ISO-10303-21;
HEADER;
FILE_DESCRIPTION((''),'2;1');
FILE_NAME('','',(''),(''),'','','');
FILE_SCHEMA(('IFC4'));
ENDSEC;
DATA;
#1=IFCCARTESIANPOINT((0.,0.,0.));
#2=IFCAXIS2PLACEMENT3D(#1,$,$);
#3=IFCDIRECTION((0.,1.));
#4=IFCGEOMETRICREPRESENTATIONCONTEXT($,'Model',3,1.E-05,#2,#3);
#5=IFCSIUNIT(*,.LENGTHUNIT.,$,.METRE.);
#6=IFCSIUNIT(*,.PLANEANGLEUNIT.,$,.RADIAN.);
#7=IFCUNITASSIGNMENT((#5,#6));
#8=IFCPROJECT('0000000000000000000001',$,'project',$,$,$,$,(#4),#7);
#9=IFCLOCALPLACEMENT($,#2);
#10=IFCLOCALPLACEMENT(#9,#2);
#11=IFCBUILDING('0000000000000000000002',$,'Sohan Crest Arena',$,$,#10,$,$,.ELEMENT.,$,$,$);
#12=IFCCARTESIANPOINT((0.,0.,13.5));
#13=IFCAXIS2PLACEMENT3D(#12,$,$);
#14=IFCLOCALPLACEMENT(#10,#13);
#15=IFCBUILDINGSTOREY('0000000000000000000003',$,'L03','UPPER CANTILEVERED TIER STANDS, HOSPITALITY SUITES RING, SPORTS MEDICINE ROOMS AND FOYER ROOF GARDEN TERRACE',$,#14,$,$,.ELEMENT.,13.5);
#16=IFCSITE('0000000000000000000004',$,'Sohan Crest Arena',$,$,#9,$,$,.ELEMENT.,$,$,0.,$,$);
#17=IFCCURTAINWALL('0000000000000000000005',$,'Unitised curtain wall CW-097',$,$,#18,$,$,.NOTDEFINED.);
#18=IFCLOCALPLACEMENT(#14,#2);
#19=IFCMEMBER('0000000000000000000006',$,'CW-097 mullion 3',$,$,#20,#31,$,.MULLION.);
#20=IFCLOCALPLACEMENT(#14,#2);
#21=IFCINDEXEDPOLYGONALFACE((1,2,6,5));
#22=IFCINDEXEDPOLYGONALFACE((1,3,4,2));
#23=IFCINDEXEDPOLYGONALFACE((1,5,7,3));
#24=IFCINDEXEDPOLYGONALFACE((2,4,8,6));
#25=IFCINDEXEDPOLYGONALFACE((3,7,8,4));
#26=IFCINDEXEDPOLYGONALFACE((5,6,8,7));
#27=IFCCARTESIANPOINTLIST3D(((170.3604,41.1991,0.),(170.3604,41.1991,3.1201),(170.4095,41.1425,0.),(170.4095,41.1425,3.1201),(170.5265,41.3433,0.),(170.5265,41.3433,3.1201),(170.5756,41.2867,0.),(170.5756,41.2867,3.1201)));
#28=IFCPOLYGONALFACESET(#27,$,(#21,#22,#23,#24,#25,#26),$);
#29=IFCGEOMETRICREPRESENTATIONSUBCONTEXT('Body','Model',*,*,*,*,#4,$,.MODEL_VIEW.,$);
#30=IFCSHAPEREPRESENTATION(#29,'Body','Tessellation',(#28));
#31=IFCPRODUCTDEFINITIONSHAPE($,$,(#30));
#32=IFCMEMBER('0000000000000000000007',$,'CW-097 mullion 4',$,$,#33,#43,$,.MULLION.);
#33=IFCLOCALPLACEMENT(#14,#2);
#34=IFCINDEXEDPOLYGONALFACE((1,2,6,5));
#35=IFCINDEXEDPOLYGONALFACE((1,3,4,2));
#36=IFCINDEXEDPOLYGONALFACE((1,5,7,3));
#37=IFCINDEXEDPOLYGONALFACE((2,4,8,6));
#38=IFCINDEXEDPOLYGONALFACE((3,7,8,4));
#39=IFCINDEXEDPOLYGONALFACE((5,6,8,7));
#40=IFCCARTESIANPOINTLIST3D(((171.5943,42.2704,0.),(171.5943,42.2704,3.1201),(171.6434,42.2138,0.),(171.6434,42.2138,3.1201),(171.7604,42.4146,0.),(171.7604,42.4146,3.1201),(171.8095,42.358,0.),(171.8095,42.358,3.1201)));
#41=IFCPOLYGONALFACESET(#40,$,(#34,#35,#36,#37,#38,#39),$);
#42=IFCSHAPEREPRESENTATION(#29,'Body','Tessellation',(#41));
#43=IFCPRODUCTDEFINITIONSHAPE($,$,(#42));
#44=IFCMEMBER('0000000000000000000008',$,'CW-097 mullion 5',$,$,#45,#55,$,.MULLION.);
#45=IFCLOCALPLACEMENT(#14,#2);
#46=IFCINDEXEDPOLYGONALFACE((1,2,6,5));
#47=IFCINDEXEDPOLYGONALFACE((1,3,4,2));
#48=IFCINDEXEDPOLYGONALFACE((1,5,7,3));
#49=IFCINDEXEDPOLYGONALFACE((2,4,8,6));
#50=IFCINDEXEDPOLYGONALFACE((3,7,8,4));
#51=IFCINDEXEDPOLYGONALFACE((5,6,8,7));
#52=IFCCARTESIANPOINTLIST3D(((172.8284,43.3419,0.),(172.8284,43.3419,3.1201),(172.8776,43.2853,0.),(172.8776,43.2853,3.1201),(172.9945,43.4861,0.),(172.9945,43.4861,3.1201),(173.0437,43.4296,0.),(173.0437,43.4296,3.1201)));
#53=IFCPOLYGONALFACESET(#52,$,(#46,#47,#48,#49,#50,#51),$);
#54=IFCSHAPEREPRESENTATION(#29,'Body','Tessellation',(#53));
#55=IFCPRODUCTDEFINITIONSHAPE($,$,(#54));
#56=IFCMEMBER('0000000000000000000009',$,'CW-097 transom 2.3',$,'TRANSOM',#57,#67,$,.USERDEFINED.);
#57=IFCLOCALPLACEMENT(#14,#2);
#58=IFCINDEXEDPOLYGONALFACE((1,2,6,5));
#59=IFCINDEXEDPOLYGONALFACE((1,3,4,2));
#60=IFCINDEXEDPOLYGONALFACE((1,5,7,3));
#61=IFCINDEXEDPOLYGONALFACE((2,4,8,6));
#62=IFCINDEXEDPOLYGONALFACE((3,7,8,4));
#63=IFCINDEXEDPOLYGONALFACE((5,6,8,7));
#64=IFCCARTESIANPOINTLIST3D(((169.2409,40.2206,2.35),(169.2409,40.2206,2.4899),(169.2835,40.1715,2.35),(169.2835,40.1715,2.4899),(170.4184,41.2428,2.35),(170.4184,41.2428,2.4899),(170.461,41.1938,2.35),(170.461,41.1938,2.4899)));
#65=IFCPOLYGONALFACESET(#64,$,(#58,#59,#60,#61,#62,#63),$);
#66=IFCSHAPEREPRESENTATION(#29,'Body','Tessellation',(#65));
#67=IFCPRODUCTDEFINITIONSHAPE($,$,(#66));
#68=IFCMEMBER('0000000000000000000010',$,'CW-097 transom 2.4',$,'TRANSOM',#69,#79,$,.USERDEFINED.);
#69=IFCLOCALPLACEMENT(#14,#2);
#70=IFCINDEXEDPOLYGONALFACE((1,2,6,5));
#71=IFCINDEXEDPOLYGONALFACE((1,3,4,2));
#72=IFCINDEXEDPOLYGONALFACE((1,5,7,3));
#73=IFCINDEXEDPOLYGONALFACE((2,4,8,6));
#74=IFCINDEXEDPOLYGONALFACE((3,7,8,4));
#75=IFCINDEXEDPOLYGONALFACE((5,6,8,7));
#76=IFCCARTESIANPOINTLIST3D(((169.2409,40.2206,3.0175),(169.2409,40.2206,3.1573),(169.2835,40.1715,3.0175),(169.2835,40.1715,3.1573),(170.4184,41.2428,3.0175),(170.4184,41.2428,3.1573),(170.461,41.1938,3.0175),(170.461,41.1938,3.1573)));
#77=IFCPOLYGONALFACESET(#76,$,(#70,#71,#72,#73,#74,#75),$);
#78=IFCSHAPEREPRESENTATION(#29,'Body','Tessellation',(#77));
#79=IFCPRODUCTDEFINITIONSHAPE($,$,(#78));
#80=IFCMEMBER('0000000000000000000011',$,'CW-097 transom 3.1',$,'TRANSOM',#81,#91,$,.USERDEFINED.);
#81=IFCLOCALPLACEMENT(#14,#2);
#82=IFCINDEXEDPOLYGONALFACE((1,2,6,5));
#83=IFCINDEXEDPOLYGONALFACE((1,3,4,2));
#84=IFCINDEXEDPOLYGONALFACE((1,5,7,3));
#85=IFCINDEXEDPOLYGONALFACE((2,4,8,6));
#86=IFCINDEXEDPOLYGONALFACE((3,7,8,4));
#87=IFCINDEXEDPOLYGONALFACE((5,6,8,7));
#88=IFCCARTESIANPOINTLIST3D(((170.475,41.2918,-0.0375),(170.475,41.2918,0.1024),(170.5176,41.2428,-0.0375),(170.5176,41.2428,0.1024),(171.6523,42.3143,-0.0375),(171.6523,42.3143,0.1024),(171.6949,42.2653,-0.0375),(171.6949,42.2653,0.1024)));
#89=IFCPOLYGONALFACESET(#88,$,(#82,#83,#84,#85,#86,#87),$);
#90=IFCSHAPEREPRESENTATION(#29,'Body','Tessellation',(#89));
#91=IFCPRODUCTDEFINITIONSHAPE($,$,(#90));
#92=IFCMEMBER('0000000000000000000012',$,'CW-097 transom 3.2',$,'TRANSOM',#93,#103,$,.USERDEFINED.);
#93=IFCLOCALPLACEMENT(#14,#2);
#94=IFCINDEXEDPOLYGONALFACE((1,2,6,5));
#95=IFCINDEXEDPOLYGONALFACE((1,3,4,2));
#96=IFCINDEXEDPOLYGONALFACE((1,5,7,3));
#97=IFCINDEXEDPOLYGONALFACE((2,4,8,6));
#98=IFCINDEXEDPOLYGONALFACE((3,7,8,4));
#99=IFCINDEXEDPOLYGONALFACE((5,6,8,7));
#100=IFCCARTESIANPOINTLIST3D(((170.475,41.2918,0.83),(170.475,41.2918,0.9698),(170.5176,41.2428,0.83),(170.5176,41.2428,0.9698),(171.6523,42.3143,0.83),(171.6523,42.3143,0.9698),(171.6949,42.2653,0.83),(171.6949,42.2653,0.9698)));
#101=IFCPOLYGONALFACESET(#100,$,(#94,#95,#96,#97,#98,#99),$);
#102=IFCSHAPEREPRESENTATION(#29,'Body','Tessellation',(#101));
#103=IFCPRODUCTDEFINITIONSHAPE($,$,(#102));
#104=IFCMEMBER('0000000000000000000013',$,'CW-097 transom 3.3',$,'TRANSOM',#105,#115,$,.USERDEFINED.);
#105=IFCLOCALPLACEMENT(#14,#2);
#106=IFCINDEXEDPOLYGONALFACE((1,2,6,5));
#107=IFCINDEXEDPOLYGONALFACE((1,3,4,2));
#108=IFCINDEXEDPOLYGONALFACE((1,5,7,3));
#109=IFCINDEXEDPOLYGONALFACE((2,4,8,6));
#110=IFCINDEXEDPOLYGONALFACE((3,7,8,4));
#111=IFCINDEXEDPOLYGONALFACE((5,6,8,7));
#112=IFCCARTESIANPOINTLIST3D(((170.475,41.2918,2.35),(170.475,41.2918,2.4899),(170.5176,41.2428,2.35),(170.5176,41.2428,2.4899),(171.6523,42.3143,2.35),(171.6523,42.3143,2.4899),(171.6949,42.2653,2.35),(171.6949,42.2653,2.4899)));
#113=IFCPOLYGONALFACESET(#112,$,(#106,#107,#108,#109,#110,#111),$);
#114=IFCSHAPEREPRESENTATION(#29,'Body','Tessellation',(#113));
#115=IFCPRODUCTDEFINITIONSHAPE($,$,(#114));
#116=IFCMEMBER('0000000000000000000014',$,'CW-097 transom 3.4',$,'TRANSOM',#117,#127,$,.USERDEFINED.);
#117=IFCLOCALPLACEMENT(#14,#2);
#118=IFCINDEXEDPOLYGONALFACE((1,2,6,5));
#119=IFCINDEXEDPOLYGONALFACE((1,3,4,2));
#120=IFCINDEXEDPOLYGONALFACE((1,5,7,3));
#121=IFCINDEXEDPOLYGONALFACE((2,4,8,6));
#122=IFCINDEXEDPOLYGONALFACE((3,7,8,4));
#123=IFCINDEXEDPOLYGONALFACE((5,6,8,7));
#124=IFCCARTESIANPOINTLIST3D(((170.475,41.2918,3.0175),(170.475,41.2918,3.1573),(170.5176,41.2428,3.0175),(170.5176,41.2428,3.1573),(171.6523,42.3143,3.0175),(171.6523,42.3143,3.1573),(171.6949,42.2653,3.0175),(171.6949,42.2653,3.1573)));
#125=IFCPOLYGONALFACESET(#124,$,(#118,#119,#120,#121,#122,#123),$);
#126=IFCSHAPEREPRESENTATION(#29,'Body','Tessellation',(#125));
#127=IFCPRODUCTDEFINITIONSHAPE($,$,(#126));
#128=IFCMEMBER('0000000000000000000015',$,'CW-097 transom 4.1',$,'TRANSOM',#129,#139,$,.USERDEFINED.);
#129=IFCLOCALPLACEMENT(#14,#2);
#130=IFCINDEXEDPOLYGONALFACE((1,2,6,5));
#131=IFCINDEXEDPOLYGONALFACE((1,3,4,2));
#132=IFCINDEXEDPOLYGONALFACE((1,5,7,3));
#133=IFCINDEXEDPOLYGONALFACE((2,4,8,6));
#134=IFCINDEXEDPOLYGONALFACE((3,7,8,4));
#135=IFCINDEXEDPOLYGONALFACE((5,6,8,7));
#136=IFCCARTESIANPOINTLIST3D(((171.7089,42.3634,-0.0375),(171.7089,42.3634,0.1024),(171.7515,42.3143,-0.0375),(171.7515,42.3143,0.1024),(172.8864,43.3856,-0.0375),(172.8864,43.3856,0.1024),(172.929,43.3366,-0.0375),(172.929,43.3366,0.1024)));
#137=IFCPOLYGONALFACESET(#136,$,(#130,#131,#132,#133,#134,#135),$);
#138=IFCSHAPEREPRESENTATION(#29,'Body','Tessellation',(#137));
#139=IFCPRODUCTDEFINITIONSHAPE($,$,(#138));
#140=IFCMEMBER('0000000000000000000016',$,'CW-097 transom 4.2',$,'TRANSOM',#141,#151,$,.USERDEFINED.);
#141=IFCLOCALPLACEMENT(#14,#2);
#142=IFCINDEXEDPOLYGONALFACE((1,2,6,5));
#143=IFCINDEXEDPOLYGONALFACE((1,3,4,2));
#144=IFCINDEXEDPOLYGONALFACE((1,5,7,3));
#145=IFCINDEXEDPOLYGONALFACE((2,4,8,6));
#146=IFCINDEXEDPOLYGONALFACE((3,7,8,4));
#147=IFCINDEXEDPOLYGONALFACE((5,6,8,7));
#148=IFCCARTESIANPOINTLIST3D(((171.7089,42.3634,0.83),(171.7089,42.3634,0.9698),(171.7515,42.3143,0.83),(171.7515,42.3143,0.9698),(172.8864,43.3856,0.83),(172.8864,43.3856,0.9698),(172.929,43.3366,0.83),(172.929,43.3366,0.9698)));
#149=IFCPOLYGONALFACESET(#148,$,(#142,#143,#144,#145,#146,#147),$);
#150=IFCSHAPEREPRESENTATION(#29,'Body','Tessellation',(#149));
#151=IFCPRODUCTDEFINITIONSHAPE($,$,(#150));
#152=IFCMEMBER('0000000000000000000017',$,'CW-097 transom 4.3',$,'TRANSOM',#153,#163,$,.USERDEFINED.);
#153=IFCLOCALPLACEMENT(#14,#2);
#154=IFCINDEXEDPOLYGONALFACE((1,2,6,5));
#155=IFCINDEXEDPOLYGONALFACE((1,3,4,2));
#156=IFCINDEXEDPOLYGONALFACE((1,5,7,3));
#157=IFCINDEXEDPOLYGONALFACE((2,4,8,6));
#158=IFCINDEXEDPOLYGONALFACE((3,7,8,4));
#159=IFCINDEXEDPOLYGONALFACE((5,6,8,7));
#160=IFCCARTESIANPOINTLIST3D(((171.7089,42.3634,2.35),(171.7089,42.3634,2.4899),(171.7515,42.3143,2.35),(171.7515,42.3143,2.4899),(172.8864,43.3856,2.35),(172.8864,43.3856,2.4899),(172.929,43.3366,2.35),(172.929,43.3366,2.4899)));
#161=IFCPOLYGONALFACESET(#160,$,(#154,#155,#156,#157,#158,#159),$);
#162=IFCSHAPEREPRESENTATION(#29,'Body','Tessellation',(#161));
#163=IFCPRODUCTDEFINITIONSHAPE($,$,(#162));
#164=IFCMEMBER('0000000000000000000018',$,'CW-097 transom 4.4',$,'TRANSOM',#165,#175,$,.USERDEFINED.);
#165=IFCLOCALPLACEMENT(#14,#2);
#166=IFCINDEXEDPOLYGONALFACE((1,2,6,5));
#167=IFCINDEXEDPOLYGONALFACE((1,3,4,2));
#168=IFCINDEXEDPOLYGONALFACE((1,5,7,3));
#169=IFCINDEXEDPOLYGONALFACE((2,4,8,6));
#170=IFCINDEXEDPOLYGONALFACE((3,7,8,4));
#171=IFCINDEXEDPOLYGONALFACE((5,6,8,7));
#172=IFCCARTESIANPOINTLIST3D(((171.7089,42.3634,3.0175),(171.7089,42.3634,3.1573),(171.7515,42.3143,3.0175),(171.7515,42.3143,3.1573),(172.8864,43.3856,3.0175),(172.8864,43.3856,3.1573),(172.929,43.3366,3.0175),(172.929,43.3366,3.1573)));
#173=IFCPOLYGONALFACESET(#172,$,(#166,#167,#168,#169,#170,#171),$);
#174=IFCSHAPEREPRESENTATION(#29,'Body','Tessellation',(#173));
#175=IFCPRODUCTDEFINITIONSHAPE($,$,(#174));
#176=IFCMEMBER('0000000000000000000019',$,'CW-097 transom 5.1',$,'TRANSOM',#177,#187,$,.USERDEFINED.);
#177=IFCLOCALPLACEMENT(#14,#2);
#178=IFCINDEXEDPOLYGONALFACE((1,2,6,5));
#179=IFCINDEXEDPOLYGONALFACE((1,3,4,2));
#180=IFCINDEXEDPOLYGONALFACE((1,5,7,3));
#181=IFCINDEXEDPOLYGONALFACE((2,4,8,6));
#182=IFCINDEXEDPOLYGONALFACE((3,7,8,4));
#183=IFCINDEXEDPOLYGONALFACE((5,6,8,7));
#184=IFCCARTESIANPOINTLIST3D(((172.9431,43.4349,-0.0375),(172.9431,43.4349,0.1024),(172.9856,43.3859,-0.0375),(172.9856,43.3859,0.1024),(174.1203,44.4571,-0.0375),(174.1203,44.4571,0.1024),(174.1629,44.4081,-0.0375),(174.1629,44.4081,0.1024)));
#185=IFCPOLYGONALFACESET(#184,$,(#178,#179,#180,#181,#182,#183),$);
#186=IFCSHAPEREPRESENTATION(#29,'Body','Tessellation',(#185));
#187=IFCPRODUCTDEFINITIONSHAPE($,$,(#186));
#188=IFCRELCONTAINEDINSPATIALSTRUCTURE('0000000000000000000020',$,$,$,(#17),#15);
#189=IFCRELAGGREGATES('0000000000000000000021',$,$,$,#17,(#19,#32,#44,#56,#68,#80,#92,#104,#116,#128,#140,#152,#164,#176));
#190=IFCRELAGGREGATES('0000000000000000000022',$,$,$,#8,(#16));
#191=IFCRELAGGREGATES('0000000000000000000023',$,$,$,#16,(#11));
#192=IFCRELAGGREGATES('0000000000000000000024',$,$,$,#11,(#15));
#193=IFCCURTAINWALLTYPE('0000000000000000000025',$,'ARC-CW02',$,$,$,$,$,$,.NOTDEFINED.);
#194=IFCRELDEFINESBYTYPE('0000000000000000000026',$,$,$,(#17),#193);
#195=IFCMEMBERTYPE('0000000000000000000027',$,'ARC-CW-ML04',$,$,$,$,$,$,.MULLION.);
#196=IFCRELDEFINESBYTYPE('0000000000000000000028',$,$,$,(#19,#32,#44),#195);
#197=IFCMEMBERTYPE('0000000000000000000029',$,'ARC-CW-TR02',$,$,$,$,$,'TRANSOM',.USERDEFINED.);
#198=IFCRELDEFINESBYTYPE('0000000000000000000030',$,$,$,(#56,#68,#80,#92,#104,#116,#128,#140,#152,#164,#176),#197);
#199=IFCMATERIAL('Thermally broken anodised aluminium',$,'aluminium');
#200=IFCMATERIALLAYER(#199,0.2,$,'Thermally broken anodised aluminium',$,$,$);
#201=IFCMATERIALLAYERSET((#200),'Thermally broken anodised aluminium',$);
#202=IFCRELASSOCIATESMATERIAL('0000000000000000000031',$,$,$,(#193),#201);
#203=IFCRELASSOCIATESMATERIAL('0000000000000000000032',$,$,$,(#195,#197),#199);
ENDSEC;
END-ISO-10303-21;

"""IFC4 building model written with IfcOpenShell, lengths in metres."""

from ifc_helpers import new_model, si_unit, direction, frame, origin, origin_2d, place, context, subcontext, project, spatial, rectangle, extrude, material, layer, layer_set, material_profile, profile_set, type_object, element, aggregate, save


model = new_model("IFC4")

# Units and contexts
model_context = context("Model", 3, precision=1e-05, world=origin(), true_north=direction((0.0, 1.0)))
body_context = subcontext(model_context, "Body", "Model", "MODEL_VIEW")
ifc_project = project(units=[si_unit("LENGTHUNIT", "METRE"), si_unit("PLANEANGLEUNIT", "RADIAN")], contexts=[model_context])

# Site, building, storey
site_placement = place(None, origin())
site = spatial("IfcSite", under=ifc_project, at=site_placement, Name="Sohan Crest Arena", CompositionType="ELEMENT", RefElevation=0.0)
building_placement = place(site_placement, origin())
building = spatial("IfcBuilding", under=site, at=building_placement, Name="Sohan Crest Arena", CompositionType="ELEMENT")
storey_placement = place(building_placement, frame((0.0, 0.0, 13.5)))
storey = spatial("IfcBuildingStorey", under=building, at=storey_placement, Name="L03", Description="UPPER CANTILEVERED TIER STANDS, HOSPITALITY SUITES RING, SPORTS MEDICINE ROOMS AND FOYER ROOF GARDEN TERRACE", CompositionType="ELEMENT", Elevation=13.5)

# Curtain wall, members
ifc_material_1 = material(Name="Thermally broken anodised aluminium", Category="aluminium")
ifc_layer_1 = layer(ifc_material_1, 0.2, Name="Thermally broken anodised aluminium")
ifc_layer_set_1 = layer_set([ifc_layer_1], Name="Thermally broken anodised aluminium")
curtain_wall_type = type_object("IfcCurtainWallType", Name="ARC-CW02", PredefinedType="NOTDEFINED", material=ifc_layer_set_1)
curtain_wall_placement = place(storey_placement, origin())
curtain_wall = element("IfcCurtainWall", 1, at=curtain_wall_placement, inside=storey, type_object=curtain_wall_type, Name="Unitised curtain wall CW-097", PredefinedType="NOTDEFINED")
ifc_material_profile_1 = material_profile(ifc_material_1, rectangle(XDim=0.075, YDim=0.22, at=origin_2d()), Name="ALU-MULL 75x220")
ifc_profile_set_1 = profile_set([ifc_material_profile_1], Name="Thermally broken anodised aluminium")
member_type_1 = type_object("IfcMemberType", Name="ARC-CW-ML04", PredefinedType="MULLION", material=ifc_profile_set_1)
member_1_placement = place(storey_placement, frame((170.468, 41.2429, 0.0), z_axis=(0.0, 0.0, 1.0), x_axis=(-0.655616, 0.755095, 0.0)))
member_1 = element("IfcMember", 2, at=member_1_placement, type_object=member_type_1, Name="CW-097 mullion 3", PredefinedType="MULLION", context=body_context, shape_type="SweptSolid", body=[
    extrude(rectangle(XDim=0.075, YDim=0.22, at=origin_2d()), origin(), (0.0, 0.0, 1.0), 3.1201),
])
member_2_placement = place(storey_placement, frame((171.7019, 42.3142, 0.0), z_axis=(0.0, 0.0, 1.0), x_axis=(-0.655616, 0.755095, 0.0)))
member_2 = element("IfcMember", 3, at=member_2_placement, type_object=member_type_1, Name="CW-097 mullion 4", PredefinedType="MULLION", context=body_context, shape_type="SweptSolid", body=[
    extrude(rectangle(XDim=0.075, YDim=0.22, at=origin_2d()), origin(), (0.0, 0.0, 1.0), 3.1201),
])
member_3_placement = place(storey_placement, frame((172.936, 43.3857, 0.0), z_axis=(0.0, 0.0, 1.0), x_axis=(-0.655616, 0.755095, 0.0)))
member_3 = element("IfcMember", 4, at=member_3_placement, type_object=member_type_1, Name="CW-097 mullion 5", PredefinedType="MULLION", context=body_context, shape_type="SweptSolid", body=[
    extrude(rectangle(XDim=0.075, YDim=0.22, at=origin_2d()), origin(), (0.0, 0.0, 1.0), 3.1201),
])
ifc_material_profile_2 = material_profile(ifc_material_1, rectangle(XDim=0.0649, YDim=0.1399, at=origin_2d()), Name="ALU-TRAN 65x140")
ifc_profile_set_2 = profile_set([ifc_material_profile_2], Name="Thermally broken anodised aluminium")
member_type_2 = type_object("IfcMemberType", Name="ARC-CW-TR02", ElementType="TRANSOM", PredefinedType="USERDEFINED", material=ifc_profile_set_2)
member_4_placement = place(storey_placement, frame((169.2622, 40.196, 2.4199), z_axis=(0.755141, 0.655562, 0.0), x_axis=(-0.655562, 0.755141, 0.0)))
member_4 = element("IfcMember", 5, at=member_4_placement, type_object=member_type_2, Name="CW-097 transom 2.3", ObjectType="TRANSOM", PredefinedType="USERDEFINED", context=body_context, shape_type="SweptSolid", body=[
    extrude(rectangle(XDim=0.0649, YDim=0.1399, at=origin_2d()), origin(), (0.0, 0.0, 1.0), 1.5593),
])
member_5_placement = place(storey_placement, frame((169.2622, 40.196, 3.0874), z_axis=(0.755141, 0.655562, 0.0), x_axis=(-0.655562, 0.755141, 0.0)))
member_5 = element("IfcMember", 6, at=member_5_placement, type_object=member_type_2, Name="CW-097 transom 2.4", ObjectType="TRANSOM", PredefinedType="USERDEFINED", context=body_context, shape_type="SweptSolid", body=[
    extrude(rectangle(XDim=0.0649, YDim=0.1399, at=origin_2d()), origin(), (0.0, 0.0, 1.0), 1.5593),
])
member_6_placement = place(storey_placement, frame((170.4963, 41.2673, 0.0325), z_axis=(0.754996, 0.655729, 0.0), x_axis=(-0.655729, 0.754996, 0.0)))
member_6 = element("IfcMember", 7, at=member_6_placement, type_object=member_type_2, Name="CW-097 transom 3.1", ObjectType="TRANSOM", PredefinedType="USERDEFINED", context=body_context, shape_type="SweptSolid", body=[
    extrude(rectangle(XDim=0.0649, YDim=0.1399, at=origin_2d()), origin(), (0.0, 0.0, 1.0), 1.5593),
])
member_7_placement = place(storey_placement, frame((170.4963, 41.2673, 0.8999), z_axis=(0.754996, 0.655729, 0.0), x_axis=(-0.655729, 0.754996, 0.0)))
member_7 = element("IfcMember", 8, at=member_7_placement, type_object=member_type_2, Name="CW-097 transom 3.2", ObjectType="TRANSOM", PredefinedType="USERDEFINED", context=body_context, shape_type="SweptSolid", body=[
    extrude(rectangle(XDim=0.0649, YDim=0.1399, at=origin_2d()), origin(), (0.0, 0.0, 1.0), 1.5593),
])
member_8_placement = place(storey_placement, frame((170.4963, 41.2673, 2.4199), z_axis=(0.754996, 0.655729, 0.0), x_axis=(-0.655729, 0.754996, 0.0)))
member_8 = element("IfcMember", 9, at=member_8_placement, type_object=member_type_2, Name="CW-097 transom 3.3", ObjectType="TRANSOM", PredefinedType="USERDEFINED", context=body_context, shape_type="SweptSolid", body=[
    extrude(rectangle(XDim=0.0649, YDim=0.1399, at=origin_2d()), origin(), (0.0, 0.0, 1.0), 1.5593),
])
member_9_placement = place(storey_placement, frame((170.4963, 41.2673, 3.0874), z_axis=(0.754996, 0.655729, 0.0), x_axis=(-0.655729, 0.754996, 0.0)))
member_9 = element("IfcMember", 10, at=member_9_placement, type_object=member_type_2, Name="CW-097 transom 3.4", ObjectType="TRANSOM", PredefinedType="USERDEFINED", context=body_context, shape_type="SweptSolid", body=[
    extrude(rectangle(XDim=0.0649, YDim=0.1399, at=origin_2d()), origin(), (0.0, 0.0, 1.0), 1.5593),
])
member_10_placement = place(storey_placement, frame((171.7302, 42.3389, 0.0325), z_axis=(0.755141, 0.655562, 0.0), x_axis=(-0.655562, 0.755141, 0.0)))
member_10 = element("IfcMember", 11, at=member_10_placement, type_object=member_type_2, Name="CW-097 transom 4.1", ObjectType="TRANSOM", PredefinedType="USERDEFINED", context=body_context, shape_type="SweptSolid", body=[
    extrude(rectangle(XDim=0.0649, YDim=0.1399, at=origin_2d()), origin(), (0.0, 0.0, 1.0), 1.5593),
])
member_11_placement = place(storey_placement, frame((171.7302, 42.3389, 0.8999), z_axis=(0.755141, 0.655562, 0.0), x_axis=(-0.655562, 0.755141, 0.0)))
member_11 = element("IfcMember", 12, at=member_11_placement, type_object=member_type_2, Name="CW-097 transom 4.2", ObjectType="TRANSOM", PredefinedType="USERDEFINED", context=body_context, shape_type="SweptSolid", body=[
    extrude(rectangle(XDim=0.0649, YDim=0.1399, at=origin_2d()), origin(), (0.0, 0.0, 1.0), 1.5593),
])
member_12_placement = place(storey_placement, frame((171.7302, 42.3389, 2.4199), z_axis=(0.755141, 0.655562, 0.0), x_axis=(-0.655562, 0.755141, 0.0)))
member_12 = element("IfcMember", 13, at=member_12_placement, type_object=member_type_2, Name="CW-097 transom 4.3", ObjectType="TRANSOM", PredefinedType="USERDEFINED", context=body_context, shape_type="SweptSolid", body=[
    extrude(rectangle(XDim=0.0649, YDim=0.1399, at=origin_2d()), origin(), (0.0, 0.0, 1.0), 1.5593),
])
member_13_placement = place(storey_placement, frame((171.7302, 42.3389, 3.0874), z_axis=(0.755141, 0.655562, 0.0), x_axis=(-0.655562, 0.755141, 0.0)))
member_13 = element("IfcMember", 14, at=member_13_placement, type_object=member_type_2, Name="CW-097 transom 4.4", ObjectType="TRANSOM", PredefinedType="USERDEFINED", context=body_context, shape_type="SweptSolid", body=[
    extrude(rectangle(XDim=0.0649, YDim=0.1399, at=origin_2d()), origin(), (0.0, 0.0, 1.0), 1.5593),
])
member_14_placement = place(storey_placement, frame((172.9644, 43.4104, 0.0325), z_axis=(0.755074, 0.65564, 0.0), x_axis=(-0.65564, 0.755074, 0.0)))
member_14 = element("IfcMember", 15, at=member_14_placement, type_object=member_type_2, Name="CW-097 transom 5.1", ObjectType="TRANSOM", PredefinedType="USERDEFINED", context=body_context, shape_type="SweptSolid", body=[
    extrude(rectangle(XDim=0.0649, YDim=0.1399, at=origin_2d()), origin(), (0.0, 0.0, 1.0), 1.5591),
])
aggregate(curtain_wall, [member_1, member_2, member_3, member_4, member_5, member_6, member_7, member_8, member_9, member_10, member_11, member_12, member_13, member_14])

save(model, "model.ifc")
